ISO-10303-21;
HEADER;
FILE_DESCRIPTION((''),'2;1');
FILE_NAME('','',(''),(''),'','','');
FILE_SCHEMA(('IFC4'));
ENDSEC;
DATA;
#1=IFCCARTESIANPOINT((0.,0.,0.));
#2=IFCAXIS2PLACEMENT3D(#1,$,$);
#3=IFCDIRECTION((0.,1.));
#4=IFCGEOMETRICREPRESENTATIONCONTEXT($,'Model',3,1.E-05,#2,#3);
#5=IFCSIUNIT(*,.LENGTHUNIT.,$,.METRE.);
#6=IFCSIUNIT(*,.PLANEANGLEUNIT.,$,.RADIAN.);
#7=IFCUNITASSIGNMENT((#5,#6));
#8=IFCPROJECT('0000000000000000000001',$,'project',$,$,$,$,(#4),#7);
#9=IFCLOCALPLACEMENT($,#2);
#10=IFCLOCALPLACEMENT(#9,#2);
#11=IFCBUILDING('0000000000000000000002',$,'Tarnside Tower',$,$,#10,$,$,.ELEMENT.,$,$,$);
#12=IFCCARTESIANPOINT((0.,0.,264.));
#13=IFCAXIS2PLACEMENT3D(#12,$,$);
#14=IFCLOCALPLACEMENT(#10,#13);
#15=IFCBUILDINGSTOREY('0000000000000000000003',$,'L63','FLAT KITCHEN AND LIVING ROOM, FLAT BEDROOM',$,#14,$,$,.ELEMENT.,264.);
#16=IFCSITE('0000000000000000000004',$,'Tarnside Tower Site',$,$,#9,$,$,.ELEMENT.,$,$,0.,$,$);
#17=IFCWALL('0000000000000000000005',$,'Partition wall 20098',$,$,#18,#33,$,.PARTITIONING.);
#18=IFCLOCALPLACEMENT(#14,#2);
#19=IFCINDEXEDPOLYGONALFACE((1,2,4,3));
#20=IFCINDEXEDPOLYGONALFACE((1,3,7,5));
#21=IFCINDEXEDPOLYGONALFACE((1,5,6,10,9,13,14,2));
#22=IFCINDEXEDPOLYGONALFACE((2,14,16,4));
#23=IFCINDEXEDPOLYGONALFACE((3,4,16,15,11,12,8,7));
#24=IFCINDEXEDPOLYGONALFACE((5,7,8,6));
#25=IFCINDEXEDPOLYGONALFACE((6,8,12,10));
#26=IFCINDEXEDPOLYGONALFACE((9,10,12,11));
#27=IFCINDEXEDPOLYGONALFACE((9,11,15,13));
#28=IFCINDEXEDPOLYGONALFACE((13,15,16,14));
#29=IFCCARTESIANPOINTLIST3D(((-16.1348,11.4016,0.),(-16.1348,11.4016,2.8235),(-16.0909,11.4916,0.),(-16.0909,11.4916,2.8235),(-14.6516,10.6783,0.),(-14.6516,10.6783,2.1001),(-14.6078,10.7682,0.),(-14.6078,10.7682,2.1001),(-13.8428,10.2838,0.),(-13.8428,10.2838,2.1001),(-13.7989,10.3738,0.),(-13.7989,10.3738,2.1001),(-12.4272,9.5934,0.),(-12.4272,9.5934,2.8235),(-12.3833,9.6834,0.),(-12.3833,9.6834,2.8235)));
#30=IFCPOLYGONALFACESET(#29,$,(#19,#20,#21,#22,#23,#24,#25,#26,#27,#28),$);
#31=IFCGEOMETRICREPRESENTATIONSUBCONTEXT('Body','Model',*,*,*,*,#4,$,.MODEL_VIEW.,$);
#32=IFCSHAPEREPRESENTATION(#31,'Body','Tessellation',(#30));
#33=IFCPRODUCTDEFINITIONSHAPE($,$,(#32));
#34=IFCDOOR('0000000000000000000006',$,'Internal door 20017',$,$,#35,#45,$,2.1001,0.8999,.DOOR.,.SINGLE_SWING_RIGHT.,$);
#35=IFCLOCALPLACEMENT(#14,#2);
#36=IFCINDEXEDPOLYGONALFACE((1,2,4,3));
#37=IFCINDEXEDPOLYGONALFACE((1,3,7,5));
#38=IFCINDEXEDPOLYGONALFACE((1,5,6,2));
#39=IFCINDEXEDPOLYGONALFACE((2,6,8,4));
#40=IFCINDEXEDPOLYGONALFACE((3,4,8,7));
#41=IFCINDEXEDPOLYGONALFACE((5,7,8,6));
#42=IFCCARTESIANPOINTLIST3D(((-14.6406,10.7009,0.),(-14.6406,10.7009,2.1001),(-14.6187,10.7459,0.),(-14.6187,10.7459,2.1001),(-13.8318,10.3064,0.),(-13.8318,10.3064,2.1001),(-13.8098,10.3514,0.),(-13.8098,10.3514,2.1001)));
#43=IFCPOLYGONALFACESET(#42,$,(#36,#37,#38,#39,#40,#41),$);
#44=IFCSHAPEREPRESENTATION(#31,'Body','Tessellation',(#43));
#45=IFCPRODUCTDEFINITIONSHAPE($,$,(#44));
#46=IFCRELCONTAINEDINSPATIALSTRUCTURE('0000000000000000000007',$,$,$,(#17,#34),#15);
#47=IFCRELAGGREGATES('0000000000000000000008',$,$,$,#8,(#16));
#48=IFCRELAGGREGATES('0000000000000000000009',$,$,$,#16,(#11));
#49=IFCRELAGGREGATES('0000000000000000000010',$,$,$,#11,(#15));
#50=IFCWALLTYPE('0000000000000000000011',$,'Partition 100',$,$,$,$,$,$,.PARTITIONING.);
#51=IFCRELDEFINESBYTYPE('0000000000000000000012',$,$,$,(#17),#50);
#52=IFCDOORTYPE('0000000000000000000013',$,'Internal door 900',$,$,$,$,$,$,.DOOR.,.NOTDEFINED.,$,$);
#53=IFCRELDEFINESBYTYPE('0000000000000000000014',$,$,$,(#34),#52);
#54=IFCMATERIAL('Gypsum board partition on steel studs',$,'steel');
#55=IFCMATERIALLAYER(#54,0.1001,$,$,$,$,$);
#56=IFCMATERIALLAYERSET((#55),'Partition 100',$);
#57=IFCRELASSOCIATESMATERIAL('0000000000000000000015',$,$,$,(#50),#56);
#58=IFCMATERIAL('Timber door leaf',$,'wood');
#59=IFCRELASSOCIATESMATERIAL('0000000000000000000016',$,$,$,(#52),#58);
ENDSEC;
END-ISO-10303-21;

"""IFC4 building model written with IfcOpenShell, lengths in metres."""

from ifc_helpers import new_model, si_unit, direction, frame, frame_2d, origin, place, context, subcontext, project, spatial, rectangle, extrude, material, layer, layer_set, type_object, element, fill, save


model = new_model("IFC4")

# Units and contexts
model_context = context("Model", 3, precision=1e-05, world=origin(), true_north=direction((0.0, 1.0)))
body_context = subcontext(model_context, "Body", "Model", "MODEL_VIEW")
ifc_project = project(units=[si_unit("LENGTHUNIT", "METRE"), si_unit("PLANEANGLEUNIT", "RADIAN")], contexts=[model_context])

# Site, building, storey
site_placement = place(None, origin())
site = spatial("IfcSite", under=ifc_project, at=site_placement, Name="Tarnside Tower Site", CompositionType="ELEMENT", RefElevation=0.0)
building_placement = place(site_placement, origin())
building = spatial("IfcBuilding", under=site, at=building_placement, Name="Tarnside Tower", CompositionType="ELEMENT")
storey_placement = place(building_placement, frame((0.0, 0.0, 264.0)))
storey = spatial("IfcBuildingStorey", under=building, at=storey_placement, Name="L63", Description="FLAT KITCHEN AND LIVING ROOM, FLAT BEDROOM", CompositionType="ELEMENT", Elevation=264.0)

# Shared definitions
ifc_material_1 = material(Name="Gypsum board partition on steel studs", Category="steel")
ifc_material_2 = material(Name="Timber door leaf", Category="wood")

# Shared definitions
ifc_layer_1 = layer(ifc_material_1, 0.1001)
ifc_layer_set_1 = layer_set([ifc_layer_1], Name="Partition 100")
wall_type_1 = type_object("IfcWallType", Name="Partition 100", PredefinedType="PARTITIONING", material=ifc_layer_set_1)
door_type_1 = type_object("IfcDoorType", Name="Internal door 900", OperationType="NOTDEFINED", PredefinedType="DOOR", material=ifc_material_2)

# Wall, opening, door
wall_1_placement = place(storey_placement, frame((-12.4053, 9.6384, 0.0), z_axis=(0.0, 0.0, 1.0), x_axis=(-0.898811, 0.438337, 0.0)))
wall_1 = element("IfcWall", 1, at=wall_1_placement, inside=storey, type_object=wall_type_1, Name="Partition wall 20098", PredefinedType="PARTITIONING", context=body_context, shape_type="SweptSolid", body=[
    extrude(rectangle(XDim=4.125, YDim=0.1001, at=frame_2d((2.0625, 0.0))), origin(), (0.0, 0.0, 1.0), 2.8235),
])
opening_1_placement = place(wall_1_placement, frame((1.575, 0.0, 0.0)))
opening_1 = element("IfcOpeningElement", 2, at=opening_1_placement, cuts=wall_1, PredefinedType="OPENING", context=body_context, shape_type="SweptSolid", body=[
    extrude(rectangle(XDim=0.8999, YDim=2.1001, at=frame_2d((0.45, 1.05))), frame((0.0, 0.0601, 0.0), z_axis=(0.0, -1.0, 0.0), x_axis=(1.0, 0.0, 0.0)), (0.0, 0.0, 1.0), 0.1201),
])
door_1_placement = place(opening_1_placement, origin())
door_1 = element("IfcDoor", 3, at=door_1_placement, inside=storey, type_object=door_type_1, Name="Internal door 20017", OperationType="SINGLE_SWING_RIGHT", OverallHeight=2.1001, OverallWidth=0.8999, PredefinedType="DOOR", context=body_context, shape_type="SweptSolid", body=[
    extrude(rectangle(XDim=0.8999, YDim=2.1001, at=frame_2d((0.45, 1.05))), frame((0.0, 0.0249, 0.0), z_axis=(0.0, -1.0, 0.0), x_axis=(1.0, 0.0, 0.0)), (0.0, 0.0, 1.0), 0.05),
])
fill(opening_1, door_1)

save(model, "model.ifc")
